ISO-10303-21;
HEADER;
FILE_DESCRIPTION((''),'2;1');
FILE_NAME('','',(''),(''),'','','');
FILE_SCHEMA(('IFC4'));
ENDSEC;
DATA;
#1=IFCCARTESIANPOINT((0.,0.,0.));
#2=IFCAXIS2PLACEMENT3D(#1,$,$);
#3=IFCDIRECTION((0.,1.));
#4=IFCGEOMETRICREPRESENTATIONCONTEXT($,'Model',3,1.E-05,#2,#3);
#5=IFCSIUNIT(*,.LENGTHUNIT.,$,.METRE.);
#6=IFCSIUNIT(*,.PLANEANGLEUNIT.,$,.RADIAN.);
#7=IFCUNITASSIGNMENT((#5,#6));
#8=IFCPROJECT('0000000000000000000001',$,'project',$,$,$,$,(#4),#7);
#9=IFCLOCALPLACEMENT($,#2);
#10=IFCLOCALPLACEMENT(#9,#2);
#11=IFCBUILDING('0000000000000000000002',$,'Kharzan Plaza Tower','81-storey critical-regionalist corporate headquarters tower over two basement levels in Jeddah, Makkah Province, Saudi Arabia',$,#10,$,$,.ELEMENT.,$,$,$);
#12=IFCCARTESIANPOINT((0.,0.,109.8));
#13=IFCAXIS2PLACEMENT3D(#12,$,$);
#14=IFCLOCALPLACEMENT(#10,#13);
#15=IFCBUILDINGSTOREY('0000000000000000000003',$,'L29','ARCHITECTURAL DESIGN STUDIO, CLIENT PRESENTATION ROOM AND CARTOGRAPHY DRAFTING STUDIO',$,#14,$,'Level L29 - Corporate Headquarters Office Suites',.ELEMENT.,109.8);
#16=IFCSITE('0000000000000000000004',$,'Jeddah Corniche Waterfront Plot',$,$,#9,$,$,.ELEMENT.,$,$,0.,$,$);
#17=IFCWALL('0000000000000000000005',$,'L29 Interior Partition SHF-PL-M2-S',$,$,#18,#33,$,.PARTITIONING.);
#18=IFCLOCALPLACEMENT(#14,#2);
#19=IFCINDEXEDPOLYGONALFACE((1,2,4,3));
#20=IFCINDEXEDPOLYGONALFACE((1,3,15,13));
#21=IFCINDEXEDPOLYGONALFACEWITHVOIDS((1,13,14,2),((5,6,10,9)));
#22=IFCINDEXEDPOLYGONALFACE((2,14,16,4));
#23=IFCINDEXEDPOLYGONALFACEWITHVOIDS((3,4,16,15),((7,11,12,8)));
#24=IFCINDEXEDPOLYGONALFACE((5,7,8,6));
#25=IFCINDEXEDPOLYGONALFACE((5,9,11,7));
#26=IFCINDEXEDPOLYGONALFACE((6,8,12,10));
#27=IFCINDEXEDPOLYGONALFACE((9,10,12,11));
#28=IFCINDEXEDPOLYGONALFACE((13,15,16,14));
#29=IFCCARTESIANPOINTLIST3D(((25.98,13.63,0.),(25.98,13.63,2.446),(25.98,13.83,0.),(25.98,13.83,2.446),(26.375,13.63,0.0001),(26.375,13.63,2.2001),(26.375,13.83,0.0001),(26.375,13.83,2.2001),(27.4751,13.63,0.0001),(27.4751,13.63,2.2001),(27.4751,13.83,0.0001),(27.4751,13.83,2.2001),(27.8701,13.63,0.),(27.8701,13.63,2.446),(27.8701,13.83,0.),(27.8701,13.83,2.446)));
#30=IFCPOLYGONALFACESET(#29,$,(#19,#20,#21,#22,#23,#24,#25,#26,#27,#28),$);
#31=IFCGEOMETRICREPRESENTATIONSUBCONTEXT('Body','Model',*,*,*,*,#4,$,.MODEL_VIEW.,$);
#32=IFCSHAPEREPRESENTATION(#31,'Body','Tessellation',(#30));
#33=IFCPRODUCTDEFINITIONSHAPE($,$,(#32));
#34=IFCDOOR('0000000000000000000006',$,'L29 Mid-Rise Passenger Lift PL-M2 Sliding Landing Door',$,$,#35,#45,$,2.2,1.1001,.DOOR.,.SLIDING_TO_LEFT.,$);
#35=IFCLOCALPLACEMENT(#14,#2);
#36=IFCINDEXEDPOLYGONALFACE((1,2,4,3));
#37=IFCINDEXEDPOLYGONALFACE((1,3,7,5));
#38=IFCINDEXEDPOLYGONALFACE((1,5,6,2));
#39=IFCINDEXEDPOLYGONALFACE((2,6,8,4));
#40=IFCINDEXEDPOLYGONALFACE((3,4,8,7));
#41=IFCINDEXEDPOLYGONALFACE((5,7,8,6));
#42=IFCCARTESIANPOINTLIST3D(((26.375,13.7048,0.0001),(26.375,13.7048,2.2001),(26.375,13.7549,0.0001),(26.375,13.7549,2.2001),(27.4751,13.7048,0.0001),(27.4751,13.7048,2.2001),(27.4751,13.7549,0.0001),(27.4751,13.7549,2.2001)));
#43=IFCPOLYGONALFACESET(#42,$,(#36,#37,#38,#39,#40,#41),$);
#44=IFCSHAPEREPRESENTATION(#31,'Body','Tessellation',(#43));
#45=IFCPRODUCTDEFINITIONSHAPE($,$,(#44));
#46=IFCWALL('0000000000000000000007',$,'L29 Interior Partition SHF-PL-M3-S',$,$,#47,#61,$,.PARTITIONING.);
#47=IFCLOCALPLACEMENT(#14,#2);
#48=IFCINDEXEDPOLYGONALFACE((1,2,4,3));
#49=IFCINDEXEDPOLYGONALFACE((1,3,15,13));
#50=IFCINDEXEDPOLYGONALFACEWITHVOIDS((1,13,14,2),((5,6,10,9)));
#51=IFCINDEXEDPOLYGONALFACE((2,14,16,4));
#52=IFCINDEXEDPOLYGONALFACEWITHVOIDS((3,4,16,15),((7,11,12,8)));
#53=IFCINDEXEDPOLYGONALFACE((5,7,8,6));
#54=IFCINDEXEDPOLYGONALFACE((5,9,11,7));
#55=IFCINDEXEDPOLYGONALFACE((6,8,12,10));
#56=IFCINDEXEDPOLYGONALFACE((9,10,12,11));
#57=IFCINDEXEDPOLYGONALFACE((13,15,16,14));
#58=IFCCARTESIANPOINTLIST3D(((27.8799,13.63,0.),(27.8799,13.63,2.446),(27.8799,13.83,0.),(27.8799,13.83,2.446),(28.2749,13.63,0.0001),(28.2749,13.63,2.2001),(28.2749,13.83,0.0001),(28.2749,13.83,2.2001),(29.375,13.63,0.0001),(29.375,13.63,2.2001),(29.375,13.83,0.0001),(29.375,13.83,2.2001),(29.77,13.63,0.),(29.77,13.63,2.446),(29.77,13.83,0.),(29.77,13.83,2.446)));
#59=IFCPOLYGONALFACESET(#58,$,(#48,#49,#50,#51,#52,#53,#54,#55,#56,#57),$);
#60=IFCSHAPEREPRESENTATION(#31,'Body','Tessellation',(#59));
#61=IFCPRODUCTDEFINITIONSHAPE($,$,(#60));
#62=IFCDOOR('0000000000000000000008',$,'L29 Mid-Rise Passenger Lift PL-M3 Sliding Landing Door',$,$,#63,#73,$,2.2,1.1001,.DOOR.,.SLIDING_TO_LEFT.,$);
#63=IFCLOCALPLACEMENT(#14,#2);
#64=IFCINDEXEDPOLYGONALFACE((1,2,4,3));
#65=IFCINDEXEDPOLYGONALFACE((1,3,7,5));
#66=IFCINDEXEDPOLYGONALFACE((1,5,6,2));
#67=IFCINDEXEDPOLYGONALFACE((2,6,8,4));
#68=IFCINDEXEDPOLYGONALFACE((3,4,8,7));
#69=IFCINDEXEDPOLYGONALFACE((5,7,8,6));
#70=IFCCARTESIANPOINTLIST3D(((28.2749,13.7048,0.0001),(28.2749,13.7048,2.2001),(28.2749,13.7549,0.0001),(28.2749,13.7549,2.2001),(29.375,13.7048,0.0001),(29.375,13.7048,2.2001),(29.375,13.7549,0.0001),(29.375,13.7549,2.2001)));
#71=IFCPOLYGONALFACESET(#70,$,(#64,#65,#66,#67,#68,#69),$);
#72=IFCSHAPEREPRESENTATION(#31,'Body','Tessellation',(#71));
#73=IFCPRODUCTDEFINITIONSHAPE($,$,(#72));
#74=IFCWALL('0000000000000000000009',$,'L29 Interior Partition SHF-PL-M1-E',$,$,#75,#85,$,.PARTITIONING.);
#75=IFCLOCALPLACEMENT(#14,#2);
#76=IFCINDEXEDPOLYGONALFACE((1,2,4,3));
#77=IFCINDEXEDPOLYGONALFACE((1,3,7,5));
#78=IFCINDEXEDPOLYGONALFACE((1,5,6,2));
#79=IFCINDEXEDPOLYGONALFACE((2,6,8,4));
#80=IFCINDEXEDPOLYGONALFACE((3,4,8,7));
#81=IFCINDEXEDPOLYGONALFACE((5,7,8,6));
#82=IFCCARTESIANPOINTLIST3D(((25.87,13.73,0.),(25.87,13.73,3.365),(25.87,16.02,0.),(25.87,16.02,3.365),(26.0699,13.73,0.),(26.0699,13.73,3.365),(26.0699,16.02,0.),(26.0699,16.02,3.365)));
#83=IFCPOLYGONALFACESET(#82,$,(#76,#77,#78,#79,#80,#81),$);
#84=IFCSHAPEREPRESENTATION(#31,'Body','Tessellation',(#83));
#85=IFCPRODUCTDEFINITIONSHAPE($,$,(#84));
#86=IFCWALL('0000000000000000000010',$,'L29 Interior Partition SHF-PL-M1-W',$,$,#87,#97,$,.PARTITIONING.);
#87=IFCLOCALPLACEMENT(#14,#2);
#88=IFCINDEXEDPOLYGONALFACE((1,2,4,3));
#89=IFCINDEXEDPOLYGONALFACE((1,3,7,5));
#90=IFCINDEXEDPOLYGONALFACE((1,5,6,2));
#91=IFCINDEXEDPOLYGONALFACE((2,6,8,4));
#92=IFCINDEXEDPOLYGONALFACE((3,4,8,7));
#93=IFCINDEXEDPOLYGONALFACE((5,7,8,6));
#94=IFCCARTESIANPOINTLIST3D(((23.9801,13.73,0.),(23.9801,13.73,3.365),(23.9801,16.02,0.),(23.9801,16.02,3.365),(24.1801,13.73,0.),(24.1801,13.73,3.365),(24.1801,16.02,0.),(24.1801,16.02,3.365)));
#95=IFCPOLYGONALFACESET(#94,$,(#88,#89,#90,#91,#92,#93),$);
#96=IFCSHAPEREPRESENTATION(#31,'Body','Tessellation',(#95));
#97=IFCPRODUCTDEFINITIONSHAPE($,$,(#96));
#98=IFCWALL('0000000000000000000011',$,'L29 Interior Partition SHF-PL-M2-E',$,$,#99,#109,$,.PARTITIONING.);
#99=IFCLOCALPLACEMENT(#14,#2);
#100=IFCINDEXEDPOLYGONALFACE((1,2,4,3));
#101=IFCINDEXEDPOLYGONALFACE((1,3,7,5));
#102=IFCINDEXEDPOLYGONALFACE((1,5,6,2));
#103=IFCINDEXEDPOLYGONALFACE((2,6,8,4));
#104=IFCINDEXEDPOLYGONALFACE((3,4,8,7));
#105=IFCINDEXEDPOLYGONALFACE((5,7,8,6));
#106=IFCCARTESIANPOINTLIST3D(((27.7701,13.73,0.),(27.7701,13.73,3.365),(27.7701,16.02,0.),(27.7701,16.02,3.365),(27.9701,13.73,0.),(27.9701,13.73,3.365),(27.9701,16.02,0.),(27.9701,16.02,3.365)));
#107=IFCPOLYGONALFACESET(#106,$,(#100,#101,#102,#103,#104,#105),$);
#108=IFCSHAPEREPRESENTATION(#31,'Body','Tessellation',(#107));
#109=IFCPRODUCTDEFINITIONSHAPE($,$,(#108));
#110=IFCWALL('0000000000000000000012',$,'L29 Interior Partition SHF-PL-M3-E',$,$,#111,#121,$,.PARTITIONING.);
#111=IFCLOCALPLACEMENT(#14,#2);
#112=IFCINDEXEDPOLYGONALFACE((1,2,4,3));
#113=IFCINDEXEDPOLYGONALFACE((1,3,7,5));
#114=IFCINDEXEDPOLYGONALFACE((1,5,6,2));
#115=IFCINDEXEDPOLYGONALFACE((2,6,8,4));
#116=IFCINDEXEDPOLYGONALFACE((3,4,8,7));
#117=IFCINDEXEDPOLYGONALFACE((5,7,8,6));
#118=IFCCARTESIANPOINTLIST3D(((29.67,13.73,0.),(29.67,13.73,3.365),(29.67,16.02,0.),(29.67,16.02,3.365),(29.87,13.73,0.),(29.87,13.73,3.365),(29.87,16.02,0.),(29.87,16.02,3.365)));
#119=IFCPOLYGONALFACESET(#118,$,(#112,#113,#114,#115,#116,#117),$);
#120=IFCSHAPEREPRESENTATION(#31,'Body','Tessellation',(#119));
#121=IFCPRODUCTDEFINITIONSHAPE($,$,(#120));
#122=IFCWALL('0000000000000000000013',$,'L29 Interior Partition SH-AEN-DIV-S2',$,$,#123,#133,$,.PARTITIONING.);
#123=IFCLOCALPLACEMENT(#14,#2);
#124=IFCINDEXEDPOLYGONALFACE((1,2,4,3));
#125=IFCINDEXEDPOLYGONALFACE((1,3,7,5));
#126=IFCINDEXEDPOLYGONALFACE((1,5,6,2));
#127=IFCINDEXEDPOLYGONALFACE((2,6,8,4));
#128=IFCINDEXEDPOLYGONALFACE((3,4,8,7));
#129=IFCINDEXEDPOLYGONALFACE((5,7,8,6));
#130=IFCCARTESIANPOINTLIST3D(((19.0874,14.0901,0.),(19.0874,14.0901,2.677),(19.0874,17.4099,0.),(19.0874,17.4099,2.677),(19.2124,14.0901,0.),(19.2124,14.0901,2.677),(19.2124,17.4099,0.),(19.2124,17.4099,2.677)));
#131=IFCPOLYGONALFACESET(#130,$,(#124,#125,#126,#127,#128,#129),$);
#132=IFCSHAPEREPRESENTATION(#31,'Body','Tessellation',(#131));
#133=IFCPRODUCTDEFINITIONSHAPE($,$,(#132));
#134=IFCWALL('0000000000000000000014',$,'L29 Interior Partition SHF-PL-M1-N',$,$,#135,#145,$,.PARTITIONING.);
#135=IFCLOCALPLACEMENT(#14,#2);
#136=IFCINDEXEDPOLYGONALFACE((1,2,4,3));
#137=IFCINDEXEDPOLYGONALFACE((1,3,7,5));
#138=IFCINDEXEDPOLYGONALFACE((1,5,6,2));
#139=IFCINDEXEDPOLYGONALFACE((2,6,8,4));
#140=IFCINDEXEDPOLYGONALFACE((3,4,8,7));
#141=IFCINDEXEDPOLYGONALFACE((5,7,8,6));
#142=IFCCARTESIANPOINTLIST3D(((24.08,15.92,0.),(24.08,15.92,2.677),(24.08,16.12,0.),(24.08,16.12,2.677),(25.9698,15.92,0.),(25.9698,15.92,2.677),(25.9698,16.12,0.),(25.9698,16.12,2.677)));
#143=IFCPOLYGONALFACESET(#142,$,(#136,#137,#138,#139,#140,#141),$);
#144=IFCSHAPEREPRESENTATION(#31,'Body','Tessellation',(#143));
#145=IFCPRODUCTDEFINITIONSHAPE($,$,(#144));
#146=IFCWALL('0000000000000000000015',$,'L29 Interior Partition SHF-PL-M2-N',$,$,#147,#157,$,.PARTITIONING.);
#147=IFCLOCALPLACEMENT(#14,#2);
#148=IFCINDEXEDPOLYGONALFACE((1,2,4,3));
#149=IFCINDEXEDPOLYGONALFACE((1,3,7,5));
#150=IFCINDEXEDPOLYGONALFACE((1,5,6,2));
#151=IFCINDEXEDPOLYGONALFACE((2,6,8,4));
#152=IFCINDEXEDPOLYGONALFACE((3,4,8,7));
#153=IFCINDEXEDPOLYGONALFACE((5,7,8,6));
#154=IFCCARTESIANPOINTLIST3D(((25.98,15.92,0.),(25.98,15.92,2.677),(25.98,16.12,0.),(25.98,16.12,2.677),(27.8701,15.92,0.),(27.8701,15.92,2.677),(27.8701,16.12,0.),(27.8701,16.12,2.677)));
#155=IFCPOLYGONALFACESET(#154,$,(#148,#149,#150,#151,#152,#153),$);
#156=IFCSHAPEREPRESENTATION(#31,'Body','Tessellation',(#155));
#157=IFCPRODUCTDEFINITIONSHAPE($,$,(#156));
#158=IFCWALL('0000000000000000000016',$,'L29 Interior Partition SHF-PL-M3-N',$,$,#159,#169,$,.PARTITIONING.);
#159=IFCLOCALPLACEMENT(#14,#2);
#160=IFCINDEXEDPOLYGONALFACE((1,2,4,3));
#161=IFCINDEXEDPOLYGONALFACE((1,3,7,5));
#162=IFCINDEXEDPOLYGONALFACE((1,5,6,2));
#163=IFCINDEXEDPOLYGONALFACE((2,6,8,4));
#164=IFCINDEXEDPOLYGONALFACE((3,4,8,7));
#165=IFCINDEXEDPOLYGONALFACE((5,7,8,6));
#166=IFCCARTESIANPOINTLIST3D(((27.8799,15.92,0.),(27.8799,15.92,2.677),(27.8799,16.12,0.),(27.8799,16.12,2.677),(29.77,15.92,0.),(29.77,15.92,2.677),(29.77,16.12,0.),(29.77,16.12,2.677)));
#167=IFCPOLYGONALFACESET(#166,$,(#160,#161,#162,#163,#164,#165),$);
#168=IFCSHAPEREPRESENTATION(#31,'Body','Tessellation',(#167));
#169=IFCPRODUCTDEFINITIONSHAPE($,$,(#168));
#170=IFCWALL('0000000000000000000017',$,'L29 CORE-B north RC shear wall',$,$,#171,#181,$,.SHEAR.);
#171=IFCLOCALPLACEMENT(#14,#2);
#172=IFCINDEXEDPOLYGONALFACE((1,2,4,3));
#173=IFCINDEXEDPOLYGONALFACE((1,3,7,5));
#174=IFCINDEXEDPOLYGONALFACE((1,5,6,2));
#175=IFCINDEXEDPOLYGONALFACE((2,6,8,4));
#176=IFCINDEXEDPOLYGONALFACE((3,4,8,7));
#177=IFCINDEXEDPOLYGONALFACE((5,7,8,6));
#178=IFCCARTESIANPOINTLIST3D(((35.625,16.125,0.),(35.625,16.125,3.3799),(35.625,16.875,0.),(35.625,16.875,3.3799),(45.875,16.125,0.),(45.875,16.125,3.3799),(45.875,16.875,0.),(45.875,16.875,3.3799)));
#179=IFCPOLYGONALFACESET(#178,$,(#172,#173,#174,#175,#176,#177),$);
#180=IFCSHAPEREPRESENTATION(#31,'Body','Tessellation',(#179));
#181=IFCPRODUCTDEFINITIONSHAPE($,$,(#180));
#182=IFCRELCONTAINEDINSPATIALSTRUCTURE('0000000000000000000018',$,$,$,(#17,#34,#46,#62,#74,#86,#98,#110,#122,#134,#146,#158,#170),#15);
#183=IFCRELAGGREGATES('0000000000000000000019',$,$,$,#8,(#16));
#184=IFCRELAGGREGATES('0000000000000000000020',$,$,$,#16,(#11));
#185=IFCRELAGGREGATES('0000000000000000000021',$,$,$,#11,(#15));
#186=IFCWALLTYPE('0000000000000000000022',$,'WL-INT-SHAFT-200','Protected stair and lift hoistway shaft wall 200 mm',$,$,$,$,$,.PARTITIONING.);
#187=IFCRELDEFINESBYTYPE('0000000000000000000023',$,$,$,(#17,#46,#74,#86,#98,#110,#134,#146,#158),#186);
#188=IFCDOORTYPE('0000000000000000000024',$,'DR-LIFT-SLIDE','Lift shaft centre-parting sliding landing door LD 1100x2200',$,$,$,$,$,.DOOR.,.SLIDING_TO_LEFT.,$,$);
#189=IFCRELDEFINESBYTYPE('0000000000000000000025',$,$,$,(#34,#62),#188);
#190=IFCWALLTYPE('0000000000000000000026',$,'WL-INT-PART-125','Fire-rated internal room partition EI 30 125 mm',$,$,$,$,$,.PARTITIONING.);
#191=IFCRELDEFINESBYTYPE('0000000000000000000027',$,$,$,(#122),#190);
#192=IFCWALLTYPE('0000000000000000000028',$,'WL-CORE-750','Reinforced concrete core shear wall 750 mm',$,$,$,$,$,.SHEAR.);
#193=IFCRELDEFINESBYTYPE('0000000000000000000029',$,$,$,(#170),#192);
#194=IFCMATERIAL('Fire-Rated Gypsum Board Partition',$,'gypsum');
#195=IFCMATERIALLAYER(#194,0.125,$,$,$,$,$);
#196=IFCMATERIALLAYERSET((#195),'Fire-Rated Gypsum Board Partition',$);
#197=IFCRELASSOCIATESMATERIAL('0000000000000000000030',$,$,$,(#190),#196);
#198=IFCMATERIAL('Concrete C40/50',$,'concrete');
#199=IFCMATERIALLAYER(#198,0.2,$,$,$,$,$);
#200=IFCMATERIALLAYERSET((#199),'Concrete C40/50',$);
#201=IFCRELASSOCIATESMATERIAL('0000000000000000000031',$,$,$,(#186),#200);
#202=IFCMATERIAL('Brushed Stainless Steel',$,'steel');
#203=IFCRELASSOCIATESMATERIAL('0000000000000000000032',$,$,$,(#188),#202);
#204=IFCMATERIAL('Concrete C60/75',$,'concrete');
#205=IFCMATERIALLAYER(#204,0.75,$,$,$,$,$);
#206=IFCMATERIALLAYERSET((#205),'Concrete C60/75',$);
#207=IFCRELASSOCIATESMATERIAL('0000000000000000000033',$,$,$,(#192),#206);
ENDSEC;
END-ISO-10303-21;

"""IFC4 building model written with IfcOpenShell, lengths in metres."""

from ifc_helpers import new_model, si_unit, direction, frame, frame_2d, origin, place, context, subcontext, project, spatial, rectangle, extrude, source, transform, mapped, material, layer, layer_set, type_object, element, fill, save


model = new_model("IFC4")

# Units and contexts
model_context = context("Model", 3, precision=1e-05, world=origin(), true_north=direction((0.0, 1.0)))
body_context = subcontext(model_context, "Body", "Model", "MODEL_VIEW")
ifc_project = project(units=[si_unit("LENGTHUNIT", "METRE"), si_unit("PLANEANGLEUNIT", "RADIAN")], contexts=[model_context])

# Site, building, storey
site_placement = place(None, origin())
site = spatial("IfcSite", under=ifc_project, at=site_placement, Name="Jeddah Corniche Waterfront Plot", CompositionType="ELEMENT", RefElevation=0.0)
building_placement = place(site_placement, origin())
building = spatial("IfcBuilding", under=site, at=building_placement, Name="Kharzan Plaza Tower", Description="81-storey critical-regionalist corporate headquarters tower over two basement levels in Jeddah, Makkah Province, Saudi Arabia", CompositionType="ELEMENT")
storey_placement = place(building_placement, frame((0.0, 0.0, 109.8)))
storey = spatial("IfcBuildingStorey", under=building, at=storey_placement, Name="L29", Description="ARCHITECTURAL DESIGN STUDIO, CLIENT PRESENTATION ROOM AND CARTOGRAPHY DRAFTING STUDIO", LongName="Level L29 - Corporate Headquarters Office Suites", CompositionType="ELEMENT", Elevation=109.8)

# Shared definitions
ifc_material_1 = material(Name="Concrete C60/75", Category="concrete")

# Shared definitions
ifc_material_2 = material(Name="Concrete C40/50", Category="concrete")

# Walls, openings, doors
ifc_material_3 = material(Name="Fire-Rated Gypsum Board Partition", Category="gypsum")
ifc_layer_1 = layer(ifc_material_3, 0.125)
ifc_layer_set_1 = layer_set([ifc_layer_1], Name="Fire-Rated Gypsum Board Partition")
wall_type_1 = type_object("IfcWallType", Name="WL-INT-PART-125", Description="Fire-rated internal room partition EI 30 125 mm", PredefinedType="PARTITIONING", material=ifc_layer_set_1)
ifc_layer_2 = layer(ifc_material_2, 0.2)
ifc_layer_set_2 = layer_set([ifc_layer_2], Name="Concrete C40/50")
wall_type_2 = type_object("IfcWallType", Name="WL-INT-SHAFT-200", Description="Protected stair and lift hoistway shaft wall 200 mm", PredefinedType="PARTITIONING", material=ifc_layer_set_2)
ifc_material_4 = material(Name="Brushed Stainless Steel", Category="steel")
door_type_1 = type_object("IfcDoorType", Name="DR-LIFT-SLIDE", Description="Lift shaft centre-parting sliding landing door LD 1100x2200", OperationType="SLIDING_TO_LEFT", PredefinedType="DOOR", material=ifc_material_4)
shared_shape_1 = source(origin(), body_context, "Body", "SweptSolid", [
    extrude(rectangle(XDim=1.1001, YDim=2.2, at=frame_2d((0.55, 1.1001))), frame((0.0, 0.0249, 0.0), z_axis=(0.0, -1.0, 0.0), x_axis=(1.0, 0.0, 0.0)), (0.0, 0.0, 1.0), 0.05),
])
wall_1_placement = place(storey_placement, frame((25.98, 13.73, 0.0), z_axis=(0.0, 0.0, 1.0), x_axis=(1.0, 0.0, 0.0)))
wall_1 = element("IfcWall", 1, at=wall_1_placement, inside=storey, type_object=wall_type_2, Name="L29 Interior Partition SHF-PL-M2-S", PredefinedType="PARTITIONING", context=body_context, shape_type="SweptSolid", body=[
    extrude(rectangle(XDim=1.8901, YDim=0.2, at=frame_2d((0.9451, 0.0))), origin(), (0.0, 0.0, 1.0), 2.446),
])
opening_1_placement = place(wall_1_placement, frame((0.395, 0.0, 0.0)))
opening_1 = element("IfcOpeningElement", 2, at=opening_1_placement, cuts=wall_1, PredefinedType="OPENING", context=body_context, shape_type="SweptSolid", body=[
    extrude(rectangle(XDim=1.1001, YDim=2.2, at=frame_2d((0.55, 1.1001))), frame((0.0, 0.1099, 0.0), z_axis=(0.0, -1.0, 0.0), x_axis=(1.0, 0.0, 0.0)), (0.0, 0.0, 1.0), 0.22),
])
door_1_placement = place(opening_1_placement, origin())
door_1 = element("IfcDoor", 3, at=door_1_placement, inside=storey, type_object=door_type_1, Name="L29 Mid-Rise Passenger Lift PL-M2 Sliding Landing Door", OperationType="SLIDING_TO_LEFT", OverallHeight=2.2, OverallWidth=1.1001, PredefinedType="DOOR", context=body_context, shape_type="MappedRepresentation", body=[
    mapped(shared_shape_1, transform((0.0, 0.0, 0.0), x_axis=(1.0, 0.0, 0.0), y_axis=(0.0, 1.0, 0.0), z_axis=(0.0, 0.0, 1.0))),
])
fill(opening_1, door_1)
wall_2_placement = place(storey_placement, frame((27.8799, 13.73, 0.0), z_axis=(0.0, 0.0, 1.0), x_axis=(1.0, 0.0, 0.0)))
wall_2 = element("IfcWall", 4, at=wall_2_placement, inside=storey, type_object=wall_type_2, Name="L29 Interior Partition SHF-PL-M3-S", PredefinedType="PARTITIONING", context=body_context, shape_type="SweptSolid", body=[
    extrude(rectangle(XDim=1.8901, YDim=0.2, at=frame_2d((0.9451, 0.0))), origin(), (0.0, 0.0, 1.0), 2.446),
])
opening_2_placement = place(wall_2_placement, frame((0.395, 0.0, 0.0)))
opening_2 = element("IfcOpeningElement", 5, at=opening_2_placement, cuts=wall_2, PredefinedType="OPENING", context=body_context, shape_type="SweptSolid", body=[
    extrude(rectangle(XDim=1.1001, YDim=2.2, at=frame_2d((0.55, 1.1001))), frame((0.0, 0.1099, 0.0), z_axis=(0.0, -1.0, 0.0), x_axis=(1.0, 0.0, 0.0)), (0.0, 0.0, 1.0), 0.22),
])
door_2_placement = place(opening_2_placement, origin())
door_2 = element("IfcDoor", 6, at=door_2_placement, inside=storey, type_object=door_type_1, Name="L29 Mid-Rise Passenger Lift PL-M3 Sliding Landing Door", OperationType="SLIDING_TO_LEFT", OverallHeight=2.2, OverallWidth=1.1001, PredefinedType="DOOR", context=body_context, shape_type="MappedRepresentation", body=[
    mapped(shared_shape_1, transform((0.0, 0.0, 0.0), x_axis=(1.0, 0.0, 0.0), y_axis=(0.0, 1.0, 0.0), z_axis=(0.0, 0.0, 1.0))),
])
fill(opening_2, door_2)

# Walls
shared_shape_2 = source(origin(), body_context, "Body", "SweptSolid", [
    extrude(rectangle(XDim=2.29, YDim=0.2, at=frame_2d((1.145, 0.0))), origin(), (0.0, 0.0, 1.0), 3.365),
])
for number, where, z_axis, x_axis, name in (
    (7, (25.97, 13.73, 0.0), (0.0, 0.0, 1.0), (0.0, 1.0, 0.0), "L29 Interior Partition SHF-PL-M1-E"),
    (8, (24.0801, 13.73, 0.0), (0.0, 0.0, 1.0), (0.0, 1.0, 0.0), "L29 Interior Partition SHF-PL-M1-W"),
    (9, (27.8701, 13.73, 0.0), (0.0, 0.0, 1.0), (0.0, 1.0, 0.0), "L29 Interior Partition SHF-PL-M2-E"),
    (10, (29.77, 13.73, 0.0), (0.0, 0.0, 1.0), (0.0, 1.0, 0.0), "L29 Interior Partition SHF-PL-M3-E"),
):
    element("IfcWall", number, at=place(storey_placement, frame(where, z_axis=z_axis, x_axis=x_axis)), inside=storey, type_object=wall_type_2, Name=name, PredefinedType="PARTITIONING", context=body_context, shape_type="MappedRepresentation", body=[
        mapped(shared_shape_2, transform((0.0, 0.0, 0.0), x_axis=(1.0, 0.0, 0.0), y_axis=(0.0, 1.0, 0.0), z_axis=(0.0, 0.0, 1.0))),
    ])
shared_shape_3 = source(origin(), body_context, "Body", "SweptSolid", [
    extrude(rectangle(XDim=3.3198, YDim=0.125, at=frame_2d((1.6599, 0.0))), origin(), (0.0, 0.0, 1.0), 2.677),
])
wall_3_placement = place(storey_placement, frame((19.1499, 14.0901, 0.0), z_axis=(0.0, 0.0, 1.0), x_axis=(0.0, 1.0, 0.0)))
element("IfcWall", 11, at=wall_3_placement, inside=storey, type_object=wall_type_1, Name="L29 Interior Partition SH-AEN-DIV-S2", PredefinedType="PARTITIONING", context=body_context, shape_type="MappedRepresentation", body=[
    mapped(shared_shape_3, transform((0.0, 0.0, 0.0), x_axis=(1.0, 0.0, 0.0), y_axis=(0.0, 1.0, 0.0), z_axis=(0.0, 0.0, 1.0))),
])
shared_shape_4 = source(origin(), body_context, "Body", "SweptSolid", [
    extrude(rectangle(XDim=1.8899, YDim=0.2, at=frame_2d((0.9448, 0.0))), origin(), (0.0, 0.0, 1.0), 2.677),
])
wall_4_placement = place(storey_placement, frame((24.0801, 16.02, 0.0), z_axis=(0.0, 0.0, 1.0), x_axis=(1.0, 0.0, 0.0)))
element("IfcWall", 12, at=wall_4_placement, inside=storey, type_object=wall_type_2, Name="L29 Interior Partition SHF-PL-M1-N", PredefinedType="PARTITIONING", context=body_context, shape_type="MappedRepresentation", body=[
    mapped(shared_shape_4, transform((0.0, 0.0, 0.0), x_axis=(1.0, 0.0, 0.0), y_axis=(0.0, 1.0, 0.0), z_axis=(0.0, 0.0, 1.0))),
])
shared_shape_5 = source(origin(), body_context, "Body", "SweptSolid", [
    extrude(rectangle(XDim=1.8901, YDim=0.2, at=frame_2d((0.9451, 0.0))), origin(), (0.0, 0.0, 1.0), 2.677),
])
for number, where, z_axis, x_axis, name in (
    (13, (25.98, 16.02, 0.0), (0.0, 0.0, 1.0), (1.0, 0.0, 0.0), "L29 Interior Partition SHF-PL-M2-N"),
    (14, (27.8799, 16.02, 0.0), (0.0, 0.0, 1.0), (1.0, 0.0, 0.0), "L29 Interior Partition SHF-PL-M3-N"),
):
    element("IfcWall", number, at=place(storey_placement, frame(where, z_axis=z_axis, x_axis=x_axis)), inside=storey, type_object=wall_type_2, Name=name, PredefinedType="PARTITIONING", context=body_context, shape_type="MappedRepresentation", body=[
        mapped(shared_shape_5, transform((0.0, 0.0, 0.0), x_axis=(1.0, 0.0, 0.0), y_axis=(0.0, 1.0, 0.0), z_axis=(0.0, 0.0, 1.0))),
    ])
ifc_layer_3 = layer(ifc_material_1, 0.75)
ifc_layer_set_3 = layer_set([ifc_layer_3], Name="Concrete C60/75")
wall_type_3 = type_object("IfcWallType", Name="WL-CORE-750", Description="Reinforced concrete core shear wall 750 mm", PredefinedType="SHEAR", material=ifc_layer_set_3)
shared_shape_6 = source(origin(), body_context, "Body", "SweptSolid", [
    extrude(rectangle(XDim=10.25, YDim=0.75, at=frame_2d((5.125, 0.0))), origin(), (0.0, 0.0, 1.0), 3.3799),
])
wall_5_placement = place(storey_placement, frame((35.625, 16.5, 0.0), z_axis=(0.0, 0.0, 1.0), x_axis=(1.0, 0.0, 0.0)))
element("IfcWall", 15, at=wall_5_placement, inside=storey, type_object=wall_type_3, Name="L29 CORE-B north RC shear wall", PredefinedType="SHEAR", context=body_context, shape_type="MappedRepresentation", body=[
    mapped(shared_shape_6, transform((0.0, 0.0, 0.0), x_axis=(1.0, 0.0, 0.0), y_axis=(0.0, 1.0, 0.0), z_axis=(0.0, 0.0, 1.0))),
])

save(model, "model.ifc")
